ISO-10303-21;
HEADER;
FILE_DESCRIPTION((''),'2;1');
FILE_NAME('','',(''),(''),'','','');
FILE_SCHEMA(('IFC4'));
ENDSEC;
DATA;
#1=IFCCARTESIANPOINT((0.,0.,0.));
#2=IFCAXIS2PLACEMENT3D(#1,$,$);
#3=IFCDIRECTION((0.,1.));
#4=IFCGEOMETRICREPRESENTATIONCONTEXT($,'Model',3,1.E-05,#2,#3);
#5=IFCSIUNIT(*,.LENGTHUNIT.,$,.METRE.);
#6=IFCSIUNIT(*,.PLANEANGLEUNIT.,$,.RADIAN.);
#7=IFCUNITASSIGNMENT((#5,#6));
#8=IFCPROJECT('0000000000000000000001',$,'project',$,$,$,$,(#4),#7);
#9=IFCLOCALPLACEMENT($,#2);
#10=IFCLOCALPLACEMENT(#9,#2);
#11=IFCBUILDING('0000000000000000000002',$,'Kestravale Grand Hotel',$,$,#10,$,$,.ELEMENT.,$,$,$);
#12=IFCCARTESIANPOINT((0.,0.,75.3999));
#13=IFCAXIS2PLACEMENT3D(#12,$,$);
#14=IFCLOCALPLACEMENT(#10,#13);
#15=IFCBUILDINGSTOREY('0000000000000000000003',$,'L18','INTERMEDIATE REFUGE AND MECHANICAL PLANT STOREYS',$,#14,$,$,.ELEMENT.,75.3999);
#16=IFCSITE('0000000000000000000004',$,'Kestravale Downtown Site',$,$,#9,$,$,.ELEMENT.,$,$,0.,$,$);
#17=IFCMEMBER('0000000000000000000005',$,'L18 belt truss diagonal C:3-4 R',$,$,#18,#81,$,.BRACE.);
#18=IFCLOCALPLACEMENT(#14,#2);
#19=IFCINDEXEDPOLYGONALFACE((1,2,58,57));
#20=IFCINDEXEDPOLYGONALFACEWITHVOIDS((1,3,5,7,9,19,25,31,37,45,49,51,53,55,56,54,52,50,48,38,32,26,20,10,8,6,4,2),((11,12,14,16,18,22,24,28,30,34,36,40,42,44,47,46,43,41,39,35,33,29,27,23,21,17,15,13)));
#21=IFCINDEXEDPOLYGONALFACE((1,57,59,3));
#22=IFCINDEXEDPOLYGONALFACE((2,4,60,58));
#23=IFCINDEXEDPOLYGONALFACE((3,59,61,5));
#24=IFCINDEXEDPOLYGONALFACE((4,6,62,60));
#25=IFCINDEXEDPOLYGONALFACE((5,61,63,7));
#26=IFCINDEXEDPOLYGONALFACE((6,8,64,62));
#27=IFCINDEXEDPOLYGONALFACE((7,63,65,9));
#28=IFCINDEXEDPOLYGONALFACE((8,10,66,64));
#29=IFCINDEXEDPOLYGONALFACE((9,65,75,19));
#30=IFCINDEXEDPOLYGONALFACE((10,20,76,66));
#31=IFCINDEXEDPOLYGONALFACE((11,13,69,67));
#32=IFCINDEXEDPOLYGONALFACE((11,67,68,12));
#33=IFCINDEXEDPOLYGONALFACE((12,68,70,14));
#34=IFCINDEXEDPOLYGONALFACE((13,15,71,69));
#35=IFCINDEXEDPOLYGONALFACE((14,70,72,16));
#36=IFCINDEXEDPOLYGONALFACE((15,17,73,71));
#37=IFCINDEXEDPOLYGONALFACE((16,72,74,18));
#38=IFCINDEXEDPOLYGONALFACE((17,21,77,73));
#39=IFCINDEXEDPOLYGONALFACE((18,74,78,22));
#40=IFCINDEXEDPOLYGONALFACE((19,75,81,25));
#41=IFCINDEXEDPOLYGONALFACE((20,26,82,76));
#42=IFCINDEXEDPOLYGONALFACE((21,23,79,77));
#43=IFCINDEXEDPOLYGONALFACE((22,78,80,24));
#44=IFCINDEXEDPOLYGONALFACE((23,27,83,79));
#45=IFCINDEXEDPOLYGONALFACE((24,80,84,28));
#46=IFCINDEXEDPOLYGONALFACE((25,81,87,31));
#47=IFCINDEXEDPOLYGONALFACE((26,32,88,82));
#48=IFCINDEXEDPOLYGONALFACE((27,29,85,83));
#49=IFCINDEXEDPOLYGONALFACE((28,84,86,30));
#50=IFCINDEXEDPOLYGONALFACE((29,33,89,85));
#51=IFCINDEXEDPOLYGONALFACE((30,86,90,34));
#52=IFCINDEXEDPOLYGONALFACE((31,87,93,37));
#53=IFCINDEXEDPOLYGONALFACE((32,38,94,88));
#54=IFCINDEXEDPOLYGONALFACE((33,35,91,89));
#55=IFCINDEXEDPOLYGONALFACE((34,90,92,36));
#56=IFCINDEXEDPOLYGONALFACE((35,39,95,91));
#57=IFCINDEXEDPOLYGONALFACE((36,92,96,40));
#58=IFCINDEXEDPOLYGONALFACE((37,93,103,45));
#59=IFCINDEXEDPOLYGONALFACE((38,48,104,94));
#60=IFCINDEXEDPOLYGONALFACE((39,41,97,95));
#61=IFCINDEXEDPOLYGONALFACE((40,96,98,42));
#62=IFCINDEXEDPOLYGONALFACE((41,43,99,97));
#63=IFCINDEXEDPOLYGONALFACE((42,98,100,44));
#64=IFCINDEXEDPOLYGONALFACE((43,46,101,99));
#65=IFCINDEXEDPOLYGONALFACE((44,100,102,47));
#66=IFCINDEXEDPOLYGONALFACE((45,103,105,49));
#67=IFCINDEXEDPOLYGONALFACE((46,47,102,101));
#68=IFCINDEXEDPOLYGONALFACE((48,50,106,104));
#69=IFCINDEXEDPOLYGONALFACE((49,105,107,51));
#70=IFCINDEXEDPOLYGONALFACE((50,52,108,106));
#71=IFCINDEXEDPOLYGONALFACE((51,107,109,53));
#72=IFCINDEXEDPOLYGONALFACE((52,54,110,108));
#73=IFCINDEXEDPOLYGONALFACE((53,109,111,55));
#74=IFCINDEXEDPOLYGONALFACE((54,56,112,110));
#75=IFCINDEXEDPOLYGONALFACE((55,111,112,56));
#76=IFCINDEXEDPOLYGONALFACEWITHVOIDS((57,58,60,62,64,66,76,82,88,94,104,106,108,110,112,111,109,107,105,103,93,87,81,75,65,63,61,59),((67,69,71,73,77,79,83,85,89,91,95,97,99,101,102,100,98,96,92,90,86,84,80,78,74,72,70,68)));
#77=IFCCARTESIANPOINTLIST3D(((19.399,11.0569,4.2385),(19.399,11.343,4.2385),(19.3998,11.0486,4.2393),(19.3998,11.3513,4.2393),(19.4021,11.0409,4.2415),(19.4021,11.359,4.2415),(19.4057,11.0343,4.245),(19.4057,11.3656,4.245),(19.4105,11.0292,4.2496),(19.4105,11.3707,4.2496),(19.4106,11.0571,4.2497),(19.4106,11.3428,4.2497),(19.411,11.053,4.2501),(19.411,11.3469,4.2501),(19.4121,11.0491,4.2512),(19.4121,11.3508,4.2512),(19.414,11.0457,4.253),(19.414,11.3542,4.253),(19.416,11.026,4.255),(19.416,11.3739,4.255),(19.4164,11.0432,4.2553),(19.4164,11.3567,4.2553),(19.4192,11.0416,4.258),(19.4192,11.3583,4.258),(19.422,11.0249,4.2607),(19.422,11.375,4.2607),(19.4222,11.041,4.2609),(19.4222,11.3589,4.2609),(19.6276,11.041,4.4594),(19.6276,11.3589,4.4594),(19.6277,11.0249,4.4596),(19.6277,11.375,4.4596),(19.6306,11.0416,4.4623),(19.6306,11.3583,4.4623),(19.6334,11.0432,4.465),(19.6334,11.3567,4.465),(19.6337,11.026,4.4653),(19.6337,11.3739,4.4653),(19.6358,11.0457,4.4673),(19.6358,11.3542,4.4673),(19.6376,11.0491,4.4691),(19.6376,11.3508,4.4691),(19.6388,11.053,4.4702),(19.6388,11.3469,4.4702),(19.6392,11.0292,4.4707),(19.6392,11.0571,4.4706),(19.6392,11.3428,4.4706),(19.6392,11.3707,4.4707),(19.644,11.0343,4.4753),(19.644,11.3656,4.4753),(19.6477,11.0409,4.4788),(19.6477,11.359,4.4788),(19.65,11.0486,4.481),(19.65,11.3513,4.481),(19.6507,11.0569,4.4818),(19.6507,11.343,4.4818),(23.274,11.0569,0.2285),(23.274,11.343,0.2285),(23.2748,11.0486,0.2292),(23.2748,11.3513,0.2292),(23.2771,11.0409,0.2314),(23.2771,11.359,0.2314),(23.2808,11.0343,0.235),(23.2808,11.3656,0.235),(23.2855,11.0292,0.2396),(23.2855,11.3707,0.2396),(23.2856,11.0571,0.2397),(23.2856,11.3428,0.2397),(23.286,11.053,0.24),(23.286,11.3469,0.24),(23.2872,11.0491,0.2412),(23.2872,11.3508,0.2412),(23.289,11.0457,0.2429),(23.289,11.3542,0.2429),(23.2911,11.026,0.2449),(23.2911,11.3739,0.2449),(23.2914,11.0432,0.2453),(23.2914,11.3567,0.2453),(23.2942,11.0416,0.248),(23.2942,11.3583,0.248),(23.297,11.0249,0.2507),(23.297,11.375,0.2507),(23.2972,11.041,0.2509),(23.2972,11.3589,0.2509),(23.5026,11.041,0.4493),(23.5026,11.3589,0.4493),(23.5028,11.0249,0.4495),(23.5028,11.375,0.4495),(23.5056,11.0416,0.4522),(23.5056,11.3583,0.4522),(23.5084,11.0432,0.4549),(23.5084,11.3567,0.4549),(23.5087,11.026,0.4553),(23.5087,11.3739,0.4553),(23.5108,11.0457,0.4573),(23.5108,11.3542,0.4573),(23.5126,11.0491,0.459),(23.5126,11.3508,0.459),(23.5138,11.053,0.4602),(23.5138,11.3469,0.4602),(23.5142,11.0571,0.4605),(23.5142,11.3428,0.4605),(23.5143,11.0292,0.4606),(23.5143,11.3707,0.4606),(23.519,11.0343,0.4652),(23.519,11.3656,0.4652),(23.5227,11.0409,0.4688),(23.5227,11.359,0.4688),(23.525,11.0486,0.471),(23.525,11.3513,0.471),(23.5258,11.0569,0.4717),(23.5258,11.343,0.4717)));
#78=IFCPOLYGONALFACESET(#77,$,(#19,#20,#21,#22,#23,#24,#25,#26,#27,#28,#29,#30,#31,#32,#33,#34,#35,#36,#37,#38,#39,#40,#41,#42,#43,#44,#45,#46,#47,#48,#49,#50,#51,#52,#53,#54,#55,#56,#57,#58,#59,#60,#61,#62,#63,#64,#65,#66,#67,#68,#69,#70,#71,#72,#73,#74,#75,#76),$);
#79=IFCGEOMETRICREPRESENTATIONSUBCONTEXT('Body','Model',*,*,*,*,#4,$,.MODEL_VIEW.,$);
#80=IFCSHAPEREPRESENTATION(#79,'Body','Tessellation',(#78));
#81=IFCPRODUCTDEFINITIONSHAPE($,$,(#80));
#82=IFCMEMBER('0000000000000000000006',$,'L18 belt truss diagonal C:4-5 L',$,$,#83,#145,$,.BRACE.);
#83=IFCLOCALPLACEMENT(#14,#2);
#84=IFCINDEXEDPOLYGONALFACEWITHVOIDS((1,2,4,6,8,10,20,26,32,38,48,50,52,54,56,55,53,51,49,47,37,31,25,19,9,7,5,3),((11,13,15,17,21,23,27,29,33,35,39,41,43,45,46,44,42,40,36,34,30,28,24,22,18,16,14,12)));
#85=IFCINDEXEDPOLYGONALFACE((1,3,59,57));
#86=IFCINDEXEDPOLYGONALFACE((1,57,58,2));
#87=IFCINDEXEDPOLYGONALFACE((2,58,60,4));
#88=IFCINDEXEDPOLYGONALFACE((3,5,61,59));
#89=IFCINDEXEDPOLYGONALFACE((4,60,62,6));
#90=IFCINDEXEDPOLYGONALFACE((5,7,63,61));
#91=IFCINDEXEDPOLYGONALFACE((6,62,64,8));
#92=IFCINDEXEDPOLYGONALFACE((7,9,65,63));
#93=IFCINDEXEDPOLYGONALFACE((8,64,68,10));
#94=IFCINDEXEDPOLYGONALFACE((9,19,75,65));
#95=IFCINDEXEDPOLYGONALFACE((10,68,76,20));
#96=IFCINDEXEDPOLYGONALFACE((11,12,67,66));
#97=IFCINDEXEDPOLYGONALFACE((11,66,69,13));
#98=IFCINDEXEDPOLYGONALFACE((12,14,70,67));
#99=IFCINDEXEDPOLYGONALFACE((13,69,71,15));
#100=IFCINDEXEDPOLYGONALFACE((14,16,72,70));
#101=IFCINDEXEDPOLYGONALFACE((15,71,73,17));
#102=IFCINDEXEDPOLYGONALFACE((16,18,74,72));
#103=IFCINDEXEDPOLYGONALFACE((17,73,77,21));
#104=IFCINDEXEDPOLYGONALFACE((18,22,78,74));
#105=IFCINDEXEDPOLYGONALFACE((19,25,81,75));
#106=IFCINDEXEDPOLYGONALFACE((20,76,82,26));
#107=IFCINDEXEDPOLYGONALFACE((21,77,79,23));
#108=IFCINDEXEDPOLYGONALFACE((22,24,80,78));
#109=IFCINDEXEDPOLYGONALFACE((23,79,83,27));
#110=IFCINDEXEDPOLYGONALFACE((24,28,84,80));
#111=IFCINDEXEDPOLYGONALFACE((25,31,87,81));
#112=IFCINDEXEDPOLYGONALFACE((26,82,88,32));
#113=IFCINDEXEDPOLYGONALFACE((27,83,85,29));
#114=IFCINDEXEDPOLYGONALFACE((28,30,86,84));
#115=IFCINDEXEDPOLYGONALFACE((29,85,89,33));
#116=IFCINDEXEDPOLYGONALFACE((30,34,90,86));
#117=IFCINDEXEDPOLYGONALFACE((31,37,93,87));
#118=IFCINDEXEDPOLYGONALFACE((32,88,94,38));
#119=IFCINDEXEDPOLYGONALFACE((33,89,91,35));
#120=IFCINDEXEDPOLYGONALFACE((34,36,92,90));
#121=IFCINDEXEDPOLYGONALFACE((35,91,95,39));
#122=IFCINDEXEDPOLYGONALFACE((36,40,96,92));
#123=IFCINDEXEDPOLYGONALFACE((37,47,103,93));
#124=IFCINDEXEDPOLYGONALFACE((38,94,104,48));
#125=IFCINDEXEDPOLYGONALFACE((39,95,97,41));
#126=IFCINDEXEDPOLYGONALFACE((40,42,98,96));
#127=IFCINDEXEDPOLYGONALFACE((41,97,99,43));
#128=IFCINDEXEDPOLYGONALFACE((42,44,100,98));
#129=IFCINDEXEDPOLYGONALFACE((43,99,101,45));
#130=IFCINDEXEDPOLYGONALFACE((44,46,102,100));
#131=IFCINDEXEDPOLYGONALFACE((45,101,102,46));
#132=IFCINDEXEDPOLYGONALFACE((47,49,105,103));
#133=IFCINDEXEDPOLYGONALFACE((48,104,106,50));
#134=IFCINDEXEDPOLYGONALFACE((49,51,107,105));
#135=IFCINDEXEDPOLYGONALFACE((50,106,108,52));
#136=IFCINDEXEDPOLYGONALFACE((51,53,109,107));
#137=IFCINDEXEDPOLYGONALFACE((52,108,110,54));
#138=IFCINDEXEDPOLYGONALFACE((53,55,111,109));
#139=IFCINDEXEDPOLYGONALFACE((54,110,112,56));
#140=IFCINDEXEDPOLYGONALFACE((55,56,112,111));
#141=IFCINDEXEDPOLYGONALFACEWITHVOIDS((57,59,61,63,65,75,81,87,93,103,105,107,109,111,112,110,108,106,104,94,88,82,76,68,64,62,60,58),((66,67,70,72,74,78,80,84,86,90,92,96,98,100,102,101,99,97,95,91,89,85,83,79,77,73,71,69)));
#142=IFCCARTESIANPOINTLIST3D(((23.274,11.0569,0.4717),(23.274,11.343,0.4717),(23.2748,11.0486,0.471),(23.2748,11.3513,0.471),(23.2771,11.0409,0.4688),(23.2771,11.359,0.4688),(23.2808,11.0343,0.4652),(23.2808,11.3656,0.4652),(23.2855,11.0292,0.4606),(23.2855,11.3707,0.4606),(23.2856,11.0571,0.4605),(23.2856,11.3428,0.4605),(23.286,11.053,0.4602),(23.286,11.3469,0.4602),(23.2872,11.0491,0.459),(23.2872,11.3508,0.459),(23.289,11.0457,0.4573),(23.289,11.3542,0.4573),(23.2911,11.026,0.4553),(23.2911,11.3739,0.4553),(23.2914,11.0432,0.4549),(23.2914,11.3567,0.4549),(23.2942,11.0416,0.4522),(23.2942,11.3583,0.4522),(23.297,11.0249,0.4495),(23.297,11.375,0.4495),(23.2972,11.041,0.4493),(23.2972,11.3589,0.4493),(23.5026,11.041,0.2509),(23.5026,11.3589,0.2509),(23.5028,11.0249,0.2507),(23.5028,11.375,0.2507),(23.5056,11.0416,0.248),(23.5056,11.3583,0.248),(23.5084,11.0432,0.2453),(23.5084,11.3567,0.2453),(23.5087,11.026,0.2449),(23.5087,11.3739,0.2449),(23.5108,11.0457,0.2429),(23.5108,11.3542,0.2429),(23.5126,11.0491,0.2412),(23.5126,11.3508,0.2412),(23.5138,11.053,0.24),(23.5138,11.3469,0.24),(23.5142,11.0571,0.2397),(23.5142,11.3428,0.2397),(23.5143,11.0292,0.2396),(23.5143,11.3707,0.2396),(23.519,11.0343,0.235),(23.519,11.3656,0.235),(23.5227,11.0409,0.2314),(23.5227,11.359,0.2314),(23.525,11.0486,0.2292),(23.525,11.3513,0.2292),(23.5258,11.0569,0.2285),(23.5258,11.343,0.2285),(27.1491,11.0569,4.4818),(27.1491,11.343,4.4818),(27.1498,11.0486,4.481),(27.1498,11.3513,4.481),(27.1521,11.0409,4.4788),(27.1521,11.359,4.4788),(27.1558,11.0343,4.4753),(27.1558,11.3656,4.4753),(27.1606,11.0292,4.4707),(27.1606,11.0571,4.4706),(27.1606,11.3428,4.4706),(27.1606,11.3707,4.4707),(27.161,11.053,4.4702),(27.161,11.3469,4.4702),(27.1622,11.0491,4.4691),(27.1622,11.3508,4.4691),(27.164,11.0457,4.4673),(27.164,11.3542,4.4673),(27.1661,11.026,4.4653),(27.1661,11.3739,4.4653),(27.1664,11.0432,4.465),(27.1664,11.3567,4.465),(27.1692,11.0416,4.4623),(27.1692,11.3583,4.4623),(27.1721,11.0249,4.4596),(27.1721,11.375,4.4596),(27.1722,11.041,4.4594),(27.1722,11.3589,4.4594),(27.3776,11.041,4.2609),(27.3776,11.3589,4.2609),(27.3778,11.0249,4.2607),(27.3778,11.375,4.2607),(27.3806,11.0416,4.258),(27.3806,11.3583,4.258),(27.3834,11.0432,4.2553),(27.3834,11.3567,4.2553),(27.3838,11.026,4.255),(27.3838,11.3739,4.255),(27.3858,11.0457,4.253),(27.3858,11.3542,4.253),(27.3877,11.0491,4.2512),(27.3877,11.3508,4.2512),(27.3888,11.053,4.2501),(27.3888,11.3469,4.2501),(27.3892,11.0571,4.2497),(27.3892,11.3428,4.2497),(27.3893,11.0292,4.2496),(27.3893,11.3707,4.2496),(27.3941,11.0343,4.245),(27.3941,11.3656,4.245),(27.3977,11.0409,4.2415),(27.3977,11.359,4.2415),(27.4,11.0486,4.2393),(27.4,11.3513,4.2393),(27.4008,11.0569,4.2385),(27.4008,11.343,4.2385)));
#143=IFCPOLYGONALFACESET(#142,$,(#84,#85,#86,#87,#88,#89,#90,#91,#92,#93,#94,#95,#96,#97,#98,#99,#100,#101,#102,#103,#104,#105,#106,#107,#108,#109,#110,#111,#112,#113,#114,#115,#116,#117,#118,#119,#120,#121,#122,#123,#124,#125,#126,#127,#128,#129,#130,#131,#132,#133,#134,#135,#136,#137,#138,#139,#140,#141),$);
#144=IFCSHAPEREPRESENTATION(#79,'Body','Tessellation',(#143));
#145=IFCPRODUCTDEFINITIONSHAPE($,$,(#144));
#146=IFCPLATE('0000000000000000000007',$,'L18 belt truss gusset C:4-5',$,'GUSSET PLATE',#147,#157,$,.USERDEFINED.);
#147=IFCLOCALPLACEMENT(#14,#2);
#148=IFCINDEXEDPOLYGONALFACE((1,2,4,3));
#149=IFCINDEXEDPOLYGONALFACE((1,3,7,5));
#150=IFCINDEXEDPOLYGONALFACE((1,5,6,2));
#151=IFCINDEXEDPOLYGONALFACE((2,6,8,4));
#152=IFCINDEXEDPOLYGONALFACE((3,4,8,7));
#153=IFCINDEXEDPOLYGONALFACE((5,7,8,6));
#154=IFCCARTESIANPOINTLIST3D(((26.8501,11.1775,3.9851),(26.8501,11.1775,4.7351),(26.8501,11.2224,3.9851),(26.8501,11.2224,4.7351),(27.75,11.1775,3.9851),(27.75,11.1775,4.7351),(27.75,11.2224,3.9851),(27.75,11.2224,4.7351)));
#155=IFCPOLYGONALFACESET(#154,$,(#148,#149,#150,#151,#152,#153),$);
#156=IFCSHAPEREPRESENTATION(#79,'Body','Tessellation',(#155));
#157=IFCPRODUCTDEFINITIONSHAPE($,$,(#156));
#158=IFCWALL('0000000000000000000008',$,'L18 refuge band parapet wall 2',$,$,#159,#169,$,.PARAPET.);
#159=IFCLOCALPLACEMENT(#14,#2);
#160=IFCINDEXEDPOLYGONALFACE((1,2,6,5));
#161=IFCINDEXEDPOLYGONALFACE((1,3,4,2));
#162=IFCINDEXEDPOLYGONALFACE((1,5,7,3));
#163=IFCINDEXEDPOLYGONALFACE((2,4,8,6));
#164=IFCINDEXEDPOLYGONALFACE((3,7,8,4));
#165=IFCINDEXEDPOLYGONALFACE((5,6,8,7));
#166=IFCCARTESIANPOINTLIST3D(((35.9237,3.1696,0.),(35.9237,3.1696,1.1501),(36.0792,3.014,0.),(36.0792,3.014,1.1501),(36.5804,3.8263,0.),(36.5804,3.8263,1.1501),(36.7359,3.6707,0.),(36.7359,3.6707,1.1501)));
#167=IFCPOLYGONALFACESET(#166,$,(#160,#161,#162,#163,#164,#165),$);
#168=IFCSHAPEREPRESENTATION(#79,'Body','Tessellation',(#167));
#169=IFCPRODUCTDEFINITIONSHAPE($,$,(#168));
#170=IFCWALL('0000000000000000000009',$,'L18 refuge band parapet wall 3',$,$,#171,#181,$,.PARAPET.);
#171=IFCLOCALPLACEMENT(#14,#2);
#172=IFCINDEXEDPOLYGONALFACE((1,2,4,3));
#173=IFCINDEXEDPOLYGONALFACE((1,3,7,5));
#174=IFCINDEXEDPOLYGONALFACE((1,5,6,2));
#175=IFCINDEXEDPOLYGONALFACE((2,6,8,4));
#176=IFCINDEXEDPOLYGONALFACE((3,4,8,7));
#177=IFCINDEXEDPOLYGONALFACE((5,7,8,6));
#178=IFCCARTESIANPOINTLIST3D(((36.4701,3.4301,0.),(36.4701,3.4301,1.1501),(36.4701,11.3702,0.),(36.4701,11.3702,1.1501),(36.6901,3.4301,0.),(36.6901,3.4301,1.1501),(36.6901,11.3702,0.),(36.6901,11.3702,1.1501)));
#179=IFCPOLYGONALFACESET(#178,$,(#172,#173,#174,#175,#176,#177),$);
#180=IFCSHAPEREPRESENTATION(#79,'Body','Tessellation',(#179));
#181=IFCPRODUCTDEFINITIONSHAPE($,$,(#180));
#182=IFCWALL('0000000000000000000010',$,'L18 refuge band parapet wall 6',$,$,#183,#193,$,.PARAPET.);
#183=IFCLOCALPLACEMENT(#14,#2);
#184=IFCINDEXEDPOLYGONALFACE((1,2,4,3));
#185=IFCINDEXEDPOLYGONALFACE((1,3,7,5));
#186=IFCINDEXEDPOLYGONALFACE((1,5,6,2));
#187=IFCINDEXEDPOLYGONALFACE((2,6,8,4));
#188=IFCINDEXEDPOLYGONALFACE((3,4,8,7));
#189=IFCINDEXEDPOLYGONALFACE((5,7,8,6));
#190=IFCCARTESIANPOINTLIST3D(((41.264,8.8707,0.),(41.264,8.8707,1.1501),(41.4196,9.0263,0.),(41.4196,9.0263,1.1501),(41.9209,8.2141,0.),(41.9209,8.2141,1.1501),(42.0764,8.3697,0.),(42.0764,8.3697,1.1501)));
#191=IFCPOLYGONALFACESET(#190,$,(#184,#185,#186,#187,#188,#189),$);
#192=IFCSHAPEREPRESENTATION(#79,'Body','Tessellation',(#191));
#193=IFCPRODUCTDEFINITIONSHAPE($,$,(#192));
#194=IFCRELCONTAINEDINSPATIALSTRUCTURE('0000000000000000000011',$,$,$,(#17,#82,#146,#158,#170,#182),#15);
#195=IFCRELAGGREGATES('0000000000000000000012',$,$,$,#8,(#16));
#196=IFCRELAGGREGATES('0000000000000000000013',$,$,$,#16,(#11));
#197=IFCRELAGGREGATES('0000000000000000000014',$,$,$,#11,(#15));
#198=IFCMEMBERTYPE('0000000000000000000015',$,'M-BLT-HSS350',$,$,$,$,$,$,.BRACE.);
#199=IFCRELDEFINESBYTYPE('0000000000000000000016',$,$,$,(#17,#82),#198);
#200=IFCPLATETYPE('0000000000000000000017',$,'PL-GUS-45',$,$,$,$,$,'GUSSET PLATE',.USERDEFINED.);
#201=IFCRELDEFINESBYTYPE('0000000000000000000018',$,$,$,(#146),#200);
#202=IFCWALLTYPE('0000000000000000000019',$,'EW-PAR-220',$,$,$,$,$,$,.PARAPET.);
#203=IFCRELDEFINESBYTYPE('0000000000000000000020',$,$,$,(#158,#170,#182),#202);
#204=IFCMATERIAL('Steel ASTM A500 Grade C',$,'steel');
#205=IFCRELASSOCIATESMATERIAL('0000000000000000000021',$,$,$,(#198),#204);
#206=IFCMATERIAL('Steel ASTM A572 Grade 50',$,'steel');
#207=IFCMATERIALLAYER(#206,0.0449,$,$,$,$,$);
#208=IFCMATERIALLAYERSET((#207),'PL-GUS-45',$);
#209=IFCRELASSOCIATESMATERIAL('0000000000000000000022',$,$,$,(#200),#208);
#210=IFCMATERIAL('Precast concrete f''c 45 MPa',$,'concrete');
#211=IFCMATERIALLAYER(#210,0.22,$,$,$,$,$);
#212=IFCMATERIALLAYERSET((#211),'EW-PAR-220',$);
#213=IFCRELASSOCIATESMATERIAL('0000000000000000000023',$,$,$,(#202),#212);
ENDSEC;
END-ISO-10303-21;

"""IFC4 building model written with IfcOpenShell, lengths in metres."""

from ifc_helpers import new_model, si_unit, direction, frame, frame_2d, origin, origin_2d, place, context, subcontext, project, spatial, rectangle, hollow_rectangle, extrude, material, layer, layer_set, material_profile, profile_set, type_object, element, save


model = new_model("IFC4")

# Units and contexts
model_context = context("Model", 3, precision=1e-05, world=origin(), true_north=direction((0.0, 1.0)))
body_context = subcontext(model_context, "Body", "Model", "MODEL_VIEW")
ifc_project = project(units=[si_unit("LENGTHUNIT", "METRE"), si_unit("PLANEANGLEUNIT", "RADIAN")], contexts=[model_context])

# Site, building, storey
site_placement = place(None, origin())
site = spatial("IfcSite", under=ifc_project, at=site_placement, Name="Kestravale Downtown Site", CompositionType="ELEMENT", RefElevation=0.0)
building_placement = place(site_placement, origin())
building = spatial("IfcBuilding", under=site, at=building_placement, Name="Kestravale Grand Hotel", CompositionType="ELEMENT")
storey_placement = place(building_placement, frame((0.0, 0.0, 75.3999)))
storey = spatial("IfcBuildingStorey", under=building, at=storey_placement, Name="L18", Description="INTERMEDIATE REFUGE AND MECHANICAL PLANT STOREYS", CompositionType="ELEMENT", Elevation=75.3999)

# Members
ifc_material_1 = material(Name="Steel ASTM A500 Grade C", Category="steel")
ifc_material_profile_1 = material_profile(ifc_material_1, hollow_rectangle(XDim=0.3501, YDim=0.3501, WallThickness=0.0161, InnerFilletRadius=0.0161, OuterFilletRadius=0.032, at=origin_2d()))
ifc_profile_set_1 = profile_set([ifc_material_profile_1], Name="Steel ASTM A500 Grade C")
member_type_1 = type_object("IfcMemberType", Name="M-BLT-HSS350", PredefinedType="BRACE", material=ifc_profile_set_1)
for number, where, z_axis, x_axis, name in (
    (1, (23.3999, 11.2, 0.3501), (-0.694898, 0.0, 0.719109), (0.0, -1.0, 0.0), "L18 belt truss diagonal C:3-4 R"),
    (2, (23.3999, 11.2, 0.3501), (0.694898, 0.0, 0.719109), (0.0, 1.0, 0.0), "L18 belt truss diagonal C:4-5 L"),
):
    element("IfcMember", number, at=place(storey_placement, frame(where, z_axis=z_axis, x_axis=x_axis)), inside=storey, type_object=member_type_1, Name=name, PredefinedType="BRACE", context=body_context, shape_type="SweptSolid", body=[
        extrude(hollow_rectangle(XDim=0.3501, YDim=0.3501, WallThickness=0.0161, InnerFilletRadius=0.0161, OuterFilletRadius=0.032, at=origin_2d()), origin(), (0.0, 0.0, 1.0), 5.5764),
    ])

# Plate
ifc_material_2 = material(Name="Steel ASTM A572 Grade 50", Category="steel")
ifc_layer_1 = layer(ifc_material_2, 0.0449)
ifc_layer_set_1 = layer_set([ifc_layer_1], Name="PL-GUS-45")
plate_type = type_object("IfcPlateType", Name="PL-GUS-45", ElementType="GUSSET PLATE", PredefinedType="USERDEFINED", material=ifc_layer_set_1)
plate_placement = place(storey_placement, frame((27.3, 11.2, 3.9851), z_axis=(0.0, 0.0, 1.0), x_axis=(1.0, 0.0, 0.0)))
element("IfcPlate", 3, at=plate_placement, inside=storey, type_object=plate_type, Name="L18 belt truss gusset C:4-5", ObjectType="GUSSET PLATE", PredefinedType="USERDEFINED", context=body_context, shape_type="SweptSolid", body=[
    extrude(rectangle(XDim=0.8999, YDim=0.0449, at=origin_2d()), origin(), (0.0, 0.0, 1.0), 0.75),
])

# Walls
ifc_material_3 = material(Name="Precast concrete f'c 45 MPa", Category="concrete")
ifc_layer_2 = layer(ifc_material_3, 0.22)
ifc_layer_set_2 = layer_set([ifc_layer_2], Name="EW-PAR-220")
wall_type = type_object("IfcWallType", Name="EW-PAR-220", PredefinedType="PARAPET", material=ifc_layer_set_2)
wall_1_placement = place(storey_placement, frame((36.0015, 3.0918, 0.0), z_axis=(0.0, 0.0, 1.0), x_axis=(0.707107, 0.707107, 0.0)))
element("IfcWall", 4, at=wall_1_placement, inside=storey, type_object=wall_type, Name="L18 refuge band parapet wall 2", PredefinedType="PARAPET", context=body_context, shape_type="SweptSolid", body=[
    extrude(rectangle(XDim=0.9287, YDim=0.22, at=frame_2d((0.4644, 0.0))), origin(), (0.0, 0.0, 1.0), 1.1501),
])
wall_2_placement = place(storey_placement, frame((36.5801, 3.4299, 0.0), z_axis=(0.0, 0.0, 1.0), x_axis=(0.0, 1.0, 0.0)))
element("IfcWall", 5, at=wall_2_placement, inside=storey, type_object=wall_type, Name="L18 refuge band parapet wall 3", PredefinedType="PARAPET", context=body_context, shape_type="SweptSolid", body=[
    extrude(rectangle(XDim=7.9402, YDim=0.22, at=frame_2d((3.9702, 0.0))), origin(), (0.0, 0.0, 1.0), 1.1501),
])
wall_3_placement = place(storey_placement, frame((41.3418, 8.9485, 0.0), z_axis=(0.0, 0.0, 1.0), x_axis=(0.707238, -0.706975, 0.0)))
element("IfcWall", 6, at=wall_3_placement, inside=storey, type_object=wall_type, Name="L18 refuge band parapet wall 6", PredefinedType="PARAPET", context=body_context, shape_type="SweptSolid", body=[
    extrude(rectangle(XDim=0.9287, YDim=0.22, at=frame_2d((0.4644, 0.0))), origin(), (0.0, 0.0, 1.0), 1.1501),
])

save(model, "model.ifc")
